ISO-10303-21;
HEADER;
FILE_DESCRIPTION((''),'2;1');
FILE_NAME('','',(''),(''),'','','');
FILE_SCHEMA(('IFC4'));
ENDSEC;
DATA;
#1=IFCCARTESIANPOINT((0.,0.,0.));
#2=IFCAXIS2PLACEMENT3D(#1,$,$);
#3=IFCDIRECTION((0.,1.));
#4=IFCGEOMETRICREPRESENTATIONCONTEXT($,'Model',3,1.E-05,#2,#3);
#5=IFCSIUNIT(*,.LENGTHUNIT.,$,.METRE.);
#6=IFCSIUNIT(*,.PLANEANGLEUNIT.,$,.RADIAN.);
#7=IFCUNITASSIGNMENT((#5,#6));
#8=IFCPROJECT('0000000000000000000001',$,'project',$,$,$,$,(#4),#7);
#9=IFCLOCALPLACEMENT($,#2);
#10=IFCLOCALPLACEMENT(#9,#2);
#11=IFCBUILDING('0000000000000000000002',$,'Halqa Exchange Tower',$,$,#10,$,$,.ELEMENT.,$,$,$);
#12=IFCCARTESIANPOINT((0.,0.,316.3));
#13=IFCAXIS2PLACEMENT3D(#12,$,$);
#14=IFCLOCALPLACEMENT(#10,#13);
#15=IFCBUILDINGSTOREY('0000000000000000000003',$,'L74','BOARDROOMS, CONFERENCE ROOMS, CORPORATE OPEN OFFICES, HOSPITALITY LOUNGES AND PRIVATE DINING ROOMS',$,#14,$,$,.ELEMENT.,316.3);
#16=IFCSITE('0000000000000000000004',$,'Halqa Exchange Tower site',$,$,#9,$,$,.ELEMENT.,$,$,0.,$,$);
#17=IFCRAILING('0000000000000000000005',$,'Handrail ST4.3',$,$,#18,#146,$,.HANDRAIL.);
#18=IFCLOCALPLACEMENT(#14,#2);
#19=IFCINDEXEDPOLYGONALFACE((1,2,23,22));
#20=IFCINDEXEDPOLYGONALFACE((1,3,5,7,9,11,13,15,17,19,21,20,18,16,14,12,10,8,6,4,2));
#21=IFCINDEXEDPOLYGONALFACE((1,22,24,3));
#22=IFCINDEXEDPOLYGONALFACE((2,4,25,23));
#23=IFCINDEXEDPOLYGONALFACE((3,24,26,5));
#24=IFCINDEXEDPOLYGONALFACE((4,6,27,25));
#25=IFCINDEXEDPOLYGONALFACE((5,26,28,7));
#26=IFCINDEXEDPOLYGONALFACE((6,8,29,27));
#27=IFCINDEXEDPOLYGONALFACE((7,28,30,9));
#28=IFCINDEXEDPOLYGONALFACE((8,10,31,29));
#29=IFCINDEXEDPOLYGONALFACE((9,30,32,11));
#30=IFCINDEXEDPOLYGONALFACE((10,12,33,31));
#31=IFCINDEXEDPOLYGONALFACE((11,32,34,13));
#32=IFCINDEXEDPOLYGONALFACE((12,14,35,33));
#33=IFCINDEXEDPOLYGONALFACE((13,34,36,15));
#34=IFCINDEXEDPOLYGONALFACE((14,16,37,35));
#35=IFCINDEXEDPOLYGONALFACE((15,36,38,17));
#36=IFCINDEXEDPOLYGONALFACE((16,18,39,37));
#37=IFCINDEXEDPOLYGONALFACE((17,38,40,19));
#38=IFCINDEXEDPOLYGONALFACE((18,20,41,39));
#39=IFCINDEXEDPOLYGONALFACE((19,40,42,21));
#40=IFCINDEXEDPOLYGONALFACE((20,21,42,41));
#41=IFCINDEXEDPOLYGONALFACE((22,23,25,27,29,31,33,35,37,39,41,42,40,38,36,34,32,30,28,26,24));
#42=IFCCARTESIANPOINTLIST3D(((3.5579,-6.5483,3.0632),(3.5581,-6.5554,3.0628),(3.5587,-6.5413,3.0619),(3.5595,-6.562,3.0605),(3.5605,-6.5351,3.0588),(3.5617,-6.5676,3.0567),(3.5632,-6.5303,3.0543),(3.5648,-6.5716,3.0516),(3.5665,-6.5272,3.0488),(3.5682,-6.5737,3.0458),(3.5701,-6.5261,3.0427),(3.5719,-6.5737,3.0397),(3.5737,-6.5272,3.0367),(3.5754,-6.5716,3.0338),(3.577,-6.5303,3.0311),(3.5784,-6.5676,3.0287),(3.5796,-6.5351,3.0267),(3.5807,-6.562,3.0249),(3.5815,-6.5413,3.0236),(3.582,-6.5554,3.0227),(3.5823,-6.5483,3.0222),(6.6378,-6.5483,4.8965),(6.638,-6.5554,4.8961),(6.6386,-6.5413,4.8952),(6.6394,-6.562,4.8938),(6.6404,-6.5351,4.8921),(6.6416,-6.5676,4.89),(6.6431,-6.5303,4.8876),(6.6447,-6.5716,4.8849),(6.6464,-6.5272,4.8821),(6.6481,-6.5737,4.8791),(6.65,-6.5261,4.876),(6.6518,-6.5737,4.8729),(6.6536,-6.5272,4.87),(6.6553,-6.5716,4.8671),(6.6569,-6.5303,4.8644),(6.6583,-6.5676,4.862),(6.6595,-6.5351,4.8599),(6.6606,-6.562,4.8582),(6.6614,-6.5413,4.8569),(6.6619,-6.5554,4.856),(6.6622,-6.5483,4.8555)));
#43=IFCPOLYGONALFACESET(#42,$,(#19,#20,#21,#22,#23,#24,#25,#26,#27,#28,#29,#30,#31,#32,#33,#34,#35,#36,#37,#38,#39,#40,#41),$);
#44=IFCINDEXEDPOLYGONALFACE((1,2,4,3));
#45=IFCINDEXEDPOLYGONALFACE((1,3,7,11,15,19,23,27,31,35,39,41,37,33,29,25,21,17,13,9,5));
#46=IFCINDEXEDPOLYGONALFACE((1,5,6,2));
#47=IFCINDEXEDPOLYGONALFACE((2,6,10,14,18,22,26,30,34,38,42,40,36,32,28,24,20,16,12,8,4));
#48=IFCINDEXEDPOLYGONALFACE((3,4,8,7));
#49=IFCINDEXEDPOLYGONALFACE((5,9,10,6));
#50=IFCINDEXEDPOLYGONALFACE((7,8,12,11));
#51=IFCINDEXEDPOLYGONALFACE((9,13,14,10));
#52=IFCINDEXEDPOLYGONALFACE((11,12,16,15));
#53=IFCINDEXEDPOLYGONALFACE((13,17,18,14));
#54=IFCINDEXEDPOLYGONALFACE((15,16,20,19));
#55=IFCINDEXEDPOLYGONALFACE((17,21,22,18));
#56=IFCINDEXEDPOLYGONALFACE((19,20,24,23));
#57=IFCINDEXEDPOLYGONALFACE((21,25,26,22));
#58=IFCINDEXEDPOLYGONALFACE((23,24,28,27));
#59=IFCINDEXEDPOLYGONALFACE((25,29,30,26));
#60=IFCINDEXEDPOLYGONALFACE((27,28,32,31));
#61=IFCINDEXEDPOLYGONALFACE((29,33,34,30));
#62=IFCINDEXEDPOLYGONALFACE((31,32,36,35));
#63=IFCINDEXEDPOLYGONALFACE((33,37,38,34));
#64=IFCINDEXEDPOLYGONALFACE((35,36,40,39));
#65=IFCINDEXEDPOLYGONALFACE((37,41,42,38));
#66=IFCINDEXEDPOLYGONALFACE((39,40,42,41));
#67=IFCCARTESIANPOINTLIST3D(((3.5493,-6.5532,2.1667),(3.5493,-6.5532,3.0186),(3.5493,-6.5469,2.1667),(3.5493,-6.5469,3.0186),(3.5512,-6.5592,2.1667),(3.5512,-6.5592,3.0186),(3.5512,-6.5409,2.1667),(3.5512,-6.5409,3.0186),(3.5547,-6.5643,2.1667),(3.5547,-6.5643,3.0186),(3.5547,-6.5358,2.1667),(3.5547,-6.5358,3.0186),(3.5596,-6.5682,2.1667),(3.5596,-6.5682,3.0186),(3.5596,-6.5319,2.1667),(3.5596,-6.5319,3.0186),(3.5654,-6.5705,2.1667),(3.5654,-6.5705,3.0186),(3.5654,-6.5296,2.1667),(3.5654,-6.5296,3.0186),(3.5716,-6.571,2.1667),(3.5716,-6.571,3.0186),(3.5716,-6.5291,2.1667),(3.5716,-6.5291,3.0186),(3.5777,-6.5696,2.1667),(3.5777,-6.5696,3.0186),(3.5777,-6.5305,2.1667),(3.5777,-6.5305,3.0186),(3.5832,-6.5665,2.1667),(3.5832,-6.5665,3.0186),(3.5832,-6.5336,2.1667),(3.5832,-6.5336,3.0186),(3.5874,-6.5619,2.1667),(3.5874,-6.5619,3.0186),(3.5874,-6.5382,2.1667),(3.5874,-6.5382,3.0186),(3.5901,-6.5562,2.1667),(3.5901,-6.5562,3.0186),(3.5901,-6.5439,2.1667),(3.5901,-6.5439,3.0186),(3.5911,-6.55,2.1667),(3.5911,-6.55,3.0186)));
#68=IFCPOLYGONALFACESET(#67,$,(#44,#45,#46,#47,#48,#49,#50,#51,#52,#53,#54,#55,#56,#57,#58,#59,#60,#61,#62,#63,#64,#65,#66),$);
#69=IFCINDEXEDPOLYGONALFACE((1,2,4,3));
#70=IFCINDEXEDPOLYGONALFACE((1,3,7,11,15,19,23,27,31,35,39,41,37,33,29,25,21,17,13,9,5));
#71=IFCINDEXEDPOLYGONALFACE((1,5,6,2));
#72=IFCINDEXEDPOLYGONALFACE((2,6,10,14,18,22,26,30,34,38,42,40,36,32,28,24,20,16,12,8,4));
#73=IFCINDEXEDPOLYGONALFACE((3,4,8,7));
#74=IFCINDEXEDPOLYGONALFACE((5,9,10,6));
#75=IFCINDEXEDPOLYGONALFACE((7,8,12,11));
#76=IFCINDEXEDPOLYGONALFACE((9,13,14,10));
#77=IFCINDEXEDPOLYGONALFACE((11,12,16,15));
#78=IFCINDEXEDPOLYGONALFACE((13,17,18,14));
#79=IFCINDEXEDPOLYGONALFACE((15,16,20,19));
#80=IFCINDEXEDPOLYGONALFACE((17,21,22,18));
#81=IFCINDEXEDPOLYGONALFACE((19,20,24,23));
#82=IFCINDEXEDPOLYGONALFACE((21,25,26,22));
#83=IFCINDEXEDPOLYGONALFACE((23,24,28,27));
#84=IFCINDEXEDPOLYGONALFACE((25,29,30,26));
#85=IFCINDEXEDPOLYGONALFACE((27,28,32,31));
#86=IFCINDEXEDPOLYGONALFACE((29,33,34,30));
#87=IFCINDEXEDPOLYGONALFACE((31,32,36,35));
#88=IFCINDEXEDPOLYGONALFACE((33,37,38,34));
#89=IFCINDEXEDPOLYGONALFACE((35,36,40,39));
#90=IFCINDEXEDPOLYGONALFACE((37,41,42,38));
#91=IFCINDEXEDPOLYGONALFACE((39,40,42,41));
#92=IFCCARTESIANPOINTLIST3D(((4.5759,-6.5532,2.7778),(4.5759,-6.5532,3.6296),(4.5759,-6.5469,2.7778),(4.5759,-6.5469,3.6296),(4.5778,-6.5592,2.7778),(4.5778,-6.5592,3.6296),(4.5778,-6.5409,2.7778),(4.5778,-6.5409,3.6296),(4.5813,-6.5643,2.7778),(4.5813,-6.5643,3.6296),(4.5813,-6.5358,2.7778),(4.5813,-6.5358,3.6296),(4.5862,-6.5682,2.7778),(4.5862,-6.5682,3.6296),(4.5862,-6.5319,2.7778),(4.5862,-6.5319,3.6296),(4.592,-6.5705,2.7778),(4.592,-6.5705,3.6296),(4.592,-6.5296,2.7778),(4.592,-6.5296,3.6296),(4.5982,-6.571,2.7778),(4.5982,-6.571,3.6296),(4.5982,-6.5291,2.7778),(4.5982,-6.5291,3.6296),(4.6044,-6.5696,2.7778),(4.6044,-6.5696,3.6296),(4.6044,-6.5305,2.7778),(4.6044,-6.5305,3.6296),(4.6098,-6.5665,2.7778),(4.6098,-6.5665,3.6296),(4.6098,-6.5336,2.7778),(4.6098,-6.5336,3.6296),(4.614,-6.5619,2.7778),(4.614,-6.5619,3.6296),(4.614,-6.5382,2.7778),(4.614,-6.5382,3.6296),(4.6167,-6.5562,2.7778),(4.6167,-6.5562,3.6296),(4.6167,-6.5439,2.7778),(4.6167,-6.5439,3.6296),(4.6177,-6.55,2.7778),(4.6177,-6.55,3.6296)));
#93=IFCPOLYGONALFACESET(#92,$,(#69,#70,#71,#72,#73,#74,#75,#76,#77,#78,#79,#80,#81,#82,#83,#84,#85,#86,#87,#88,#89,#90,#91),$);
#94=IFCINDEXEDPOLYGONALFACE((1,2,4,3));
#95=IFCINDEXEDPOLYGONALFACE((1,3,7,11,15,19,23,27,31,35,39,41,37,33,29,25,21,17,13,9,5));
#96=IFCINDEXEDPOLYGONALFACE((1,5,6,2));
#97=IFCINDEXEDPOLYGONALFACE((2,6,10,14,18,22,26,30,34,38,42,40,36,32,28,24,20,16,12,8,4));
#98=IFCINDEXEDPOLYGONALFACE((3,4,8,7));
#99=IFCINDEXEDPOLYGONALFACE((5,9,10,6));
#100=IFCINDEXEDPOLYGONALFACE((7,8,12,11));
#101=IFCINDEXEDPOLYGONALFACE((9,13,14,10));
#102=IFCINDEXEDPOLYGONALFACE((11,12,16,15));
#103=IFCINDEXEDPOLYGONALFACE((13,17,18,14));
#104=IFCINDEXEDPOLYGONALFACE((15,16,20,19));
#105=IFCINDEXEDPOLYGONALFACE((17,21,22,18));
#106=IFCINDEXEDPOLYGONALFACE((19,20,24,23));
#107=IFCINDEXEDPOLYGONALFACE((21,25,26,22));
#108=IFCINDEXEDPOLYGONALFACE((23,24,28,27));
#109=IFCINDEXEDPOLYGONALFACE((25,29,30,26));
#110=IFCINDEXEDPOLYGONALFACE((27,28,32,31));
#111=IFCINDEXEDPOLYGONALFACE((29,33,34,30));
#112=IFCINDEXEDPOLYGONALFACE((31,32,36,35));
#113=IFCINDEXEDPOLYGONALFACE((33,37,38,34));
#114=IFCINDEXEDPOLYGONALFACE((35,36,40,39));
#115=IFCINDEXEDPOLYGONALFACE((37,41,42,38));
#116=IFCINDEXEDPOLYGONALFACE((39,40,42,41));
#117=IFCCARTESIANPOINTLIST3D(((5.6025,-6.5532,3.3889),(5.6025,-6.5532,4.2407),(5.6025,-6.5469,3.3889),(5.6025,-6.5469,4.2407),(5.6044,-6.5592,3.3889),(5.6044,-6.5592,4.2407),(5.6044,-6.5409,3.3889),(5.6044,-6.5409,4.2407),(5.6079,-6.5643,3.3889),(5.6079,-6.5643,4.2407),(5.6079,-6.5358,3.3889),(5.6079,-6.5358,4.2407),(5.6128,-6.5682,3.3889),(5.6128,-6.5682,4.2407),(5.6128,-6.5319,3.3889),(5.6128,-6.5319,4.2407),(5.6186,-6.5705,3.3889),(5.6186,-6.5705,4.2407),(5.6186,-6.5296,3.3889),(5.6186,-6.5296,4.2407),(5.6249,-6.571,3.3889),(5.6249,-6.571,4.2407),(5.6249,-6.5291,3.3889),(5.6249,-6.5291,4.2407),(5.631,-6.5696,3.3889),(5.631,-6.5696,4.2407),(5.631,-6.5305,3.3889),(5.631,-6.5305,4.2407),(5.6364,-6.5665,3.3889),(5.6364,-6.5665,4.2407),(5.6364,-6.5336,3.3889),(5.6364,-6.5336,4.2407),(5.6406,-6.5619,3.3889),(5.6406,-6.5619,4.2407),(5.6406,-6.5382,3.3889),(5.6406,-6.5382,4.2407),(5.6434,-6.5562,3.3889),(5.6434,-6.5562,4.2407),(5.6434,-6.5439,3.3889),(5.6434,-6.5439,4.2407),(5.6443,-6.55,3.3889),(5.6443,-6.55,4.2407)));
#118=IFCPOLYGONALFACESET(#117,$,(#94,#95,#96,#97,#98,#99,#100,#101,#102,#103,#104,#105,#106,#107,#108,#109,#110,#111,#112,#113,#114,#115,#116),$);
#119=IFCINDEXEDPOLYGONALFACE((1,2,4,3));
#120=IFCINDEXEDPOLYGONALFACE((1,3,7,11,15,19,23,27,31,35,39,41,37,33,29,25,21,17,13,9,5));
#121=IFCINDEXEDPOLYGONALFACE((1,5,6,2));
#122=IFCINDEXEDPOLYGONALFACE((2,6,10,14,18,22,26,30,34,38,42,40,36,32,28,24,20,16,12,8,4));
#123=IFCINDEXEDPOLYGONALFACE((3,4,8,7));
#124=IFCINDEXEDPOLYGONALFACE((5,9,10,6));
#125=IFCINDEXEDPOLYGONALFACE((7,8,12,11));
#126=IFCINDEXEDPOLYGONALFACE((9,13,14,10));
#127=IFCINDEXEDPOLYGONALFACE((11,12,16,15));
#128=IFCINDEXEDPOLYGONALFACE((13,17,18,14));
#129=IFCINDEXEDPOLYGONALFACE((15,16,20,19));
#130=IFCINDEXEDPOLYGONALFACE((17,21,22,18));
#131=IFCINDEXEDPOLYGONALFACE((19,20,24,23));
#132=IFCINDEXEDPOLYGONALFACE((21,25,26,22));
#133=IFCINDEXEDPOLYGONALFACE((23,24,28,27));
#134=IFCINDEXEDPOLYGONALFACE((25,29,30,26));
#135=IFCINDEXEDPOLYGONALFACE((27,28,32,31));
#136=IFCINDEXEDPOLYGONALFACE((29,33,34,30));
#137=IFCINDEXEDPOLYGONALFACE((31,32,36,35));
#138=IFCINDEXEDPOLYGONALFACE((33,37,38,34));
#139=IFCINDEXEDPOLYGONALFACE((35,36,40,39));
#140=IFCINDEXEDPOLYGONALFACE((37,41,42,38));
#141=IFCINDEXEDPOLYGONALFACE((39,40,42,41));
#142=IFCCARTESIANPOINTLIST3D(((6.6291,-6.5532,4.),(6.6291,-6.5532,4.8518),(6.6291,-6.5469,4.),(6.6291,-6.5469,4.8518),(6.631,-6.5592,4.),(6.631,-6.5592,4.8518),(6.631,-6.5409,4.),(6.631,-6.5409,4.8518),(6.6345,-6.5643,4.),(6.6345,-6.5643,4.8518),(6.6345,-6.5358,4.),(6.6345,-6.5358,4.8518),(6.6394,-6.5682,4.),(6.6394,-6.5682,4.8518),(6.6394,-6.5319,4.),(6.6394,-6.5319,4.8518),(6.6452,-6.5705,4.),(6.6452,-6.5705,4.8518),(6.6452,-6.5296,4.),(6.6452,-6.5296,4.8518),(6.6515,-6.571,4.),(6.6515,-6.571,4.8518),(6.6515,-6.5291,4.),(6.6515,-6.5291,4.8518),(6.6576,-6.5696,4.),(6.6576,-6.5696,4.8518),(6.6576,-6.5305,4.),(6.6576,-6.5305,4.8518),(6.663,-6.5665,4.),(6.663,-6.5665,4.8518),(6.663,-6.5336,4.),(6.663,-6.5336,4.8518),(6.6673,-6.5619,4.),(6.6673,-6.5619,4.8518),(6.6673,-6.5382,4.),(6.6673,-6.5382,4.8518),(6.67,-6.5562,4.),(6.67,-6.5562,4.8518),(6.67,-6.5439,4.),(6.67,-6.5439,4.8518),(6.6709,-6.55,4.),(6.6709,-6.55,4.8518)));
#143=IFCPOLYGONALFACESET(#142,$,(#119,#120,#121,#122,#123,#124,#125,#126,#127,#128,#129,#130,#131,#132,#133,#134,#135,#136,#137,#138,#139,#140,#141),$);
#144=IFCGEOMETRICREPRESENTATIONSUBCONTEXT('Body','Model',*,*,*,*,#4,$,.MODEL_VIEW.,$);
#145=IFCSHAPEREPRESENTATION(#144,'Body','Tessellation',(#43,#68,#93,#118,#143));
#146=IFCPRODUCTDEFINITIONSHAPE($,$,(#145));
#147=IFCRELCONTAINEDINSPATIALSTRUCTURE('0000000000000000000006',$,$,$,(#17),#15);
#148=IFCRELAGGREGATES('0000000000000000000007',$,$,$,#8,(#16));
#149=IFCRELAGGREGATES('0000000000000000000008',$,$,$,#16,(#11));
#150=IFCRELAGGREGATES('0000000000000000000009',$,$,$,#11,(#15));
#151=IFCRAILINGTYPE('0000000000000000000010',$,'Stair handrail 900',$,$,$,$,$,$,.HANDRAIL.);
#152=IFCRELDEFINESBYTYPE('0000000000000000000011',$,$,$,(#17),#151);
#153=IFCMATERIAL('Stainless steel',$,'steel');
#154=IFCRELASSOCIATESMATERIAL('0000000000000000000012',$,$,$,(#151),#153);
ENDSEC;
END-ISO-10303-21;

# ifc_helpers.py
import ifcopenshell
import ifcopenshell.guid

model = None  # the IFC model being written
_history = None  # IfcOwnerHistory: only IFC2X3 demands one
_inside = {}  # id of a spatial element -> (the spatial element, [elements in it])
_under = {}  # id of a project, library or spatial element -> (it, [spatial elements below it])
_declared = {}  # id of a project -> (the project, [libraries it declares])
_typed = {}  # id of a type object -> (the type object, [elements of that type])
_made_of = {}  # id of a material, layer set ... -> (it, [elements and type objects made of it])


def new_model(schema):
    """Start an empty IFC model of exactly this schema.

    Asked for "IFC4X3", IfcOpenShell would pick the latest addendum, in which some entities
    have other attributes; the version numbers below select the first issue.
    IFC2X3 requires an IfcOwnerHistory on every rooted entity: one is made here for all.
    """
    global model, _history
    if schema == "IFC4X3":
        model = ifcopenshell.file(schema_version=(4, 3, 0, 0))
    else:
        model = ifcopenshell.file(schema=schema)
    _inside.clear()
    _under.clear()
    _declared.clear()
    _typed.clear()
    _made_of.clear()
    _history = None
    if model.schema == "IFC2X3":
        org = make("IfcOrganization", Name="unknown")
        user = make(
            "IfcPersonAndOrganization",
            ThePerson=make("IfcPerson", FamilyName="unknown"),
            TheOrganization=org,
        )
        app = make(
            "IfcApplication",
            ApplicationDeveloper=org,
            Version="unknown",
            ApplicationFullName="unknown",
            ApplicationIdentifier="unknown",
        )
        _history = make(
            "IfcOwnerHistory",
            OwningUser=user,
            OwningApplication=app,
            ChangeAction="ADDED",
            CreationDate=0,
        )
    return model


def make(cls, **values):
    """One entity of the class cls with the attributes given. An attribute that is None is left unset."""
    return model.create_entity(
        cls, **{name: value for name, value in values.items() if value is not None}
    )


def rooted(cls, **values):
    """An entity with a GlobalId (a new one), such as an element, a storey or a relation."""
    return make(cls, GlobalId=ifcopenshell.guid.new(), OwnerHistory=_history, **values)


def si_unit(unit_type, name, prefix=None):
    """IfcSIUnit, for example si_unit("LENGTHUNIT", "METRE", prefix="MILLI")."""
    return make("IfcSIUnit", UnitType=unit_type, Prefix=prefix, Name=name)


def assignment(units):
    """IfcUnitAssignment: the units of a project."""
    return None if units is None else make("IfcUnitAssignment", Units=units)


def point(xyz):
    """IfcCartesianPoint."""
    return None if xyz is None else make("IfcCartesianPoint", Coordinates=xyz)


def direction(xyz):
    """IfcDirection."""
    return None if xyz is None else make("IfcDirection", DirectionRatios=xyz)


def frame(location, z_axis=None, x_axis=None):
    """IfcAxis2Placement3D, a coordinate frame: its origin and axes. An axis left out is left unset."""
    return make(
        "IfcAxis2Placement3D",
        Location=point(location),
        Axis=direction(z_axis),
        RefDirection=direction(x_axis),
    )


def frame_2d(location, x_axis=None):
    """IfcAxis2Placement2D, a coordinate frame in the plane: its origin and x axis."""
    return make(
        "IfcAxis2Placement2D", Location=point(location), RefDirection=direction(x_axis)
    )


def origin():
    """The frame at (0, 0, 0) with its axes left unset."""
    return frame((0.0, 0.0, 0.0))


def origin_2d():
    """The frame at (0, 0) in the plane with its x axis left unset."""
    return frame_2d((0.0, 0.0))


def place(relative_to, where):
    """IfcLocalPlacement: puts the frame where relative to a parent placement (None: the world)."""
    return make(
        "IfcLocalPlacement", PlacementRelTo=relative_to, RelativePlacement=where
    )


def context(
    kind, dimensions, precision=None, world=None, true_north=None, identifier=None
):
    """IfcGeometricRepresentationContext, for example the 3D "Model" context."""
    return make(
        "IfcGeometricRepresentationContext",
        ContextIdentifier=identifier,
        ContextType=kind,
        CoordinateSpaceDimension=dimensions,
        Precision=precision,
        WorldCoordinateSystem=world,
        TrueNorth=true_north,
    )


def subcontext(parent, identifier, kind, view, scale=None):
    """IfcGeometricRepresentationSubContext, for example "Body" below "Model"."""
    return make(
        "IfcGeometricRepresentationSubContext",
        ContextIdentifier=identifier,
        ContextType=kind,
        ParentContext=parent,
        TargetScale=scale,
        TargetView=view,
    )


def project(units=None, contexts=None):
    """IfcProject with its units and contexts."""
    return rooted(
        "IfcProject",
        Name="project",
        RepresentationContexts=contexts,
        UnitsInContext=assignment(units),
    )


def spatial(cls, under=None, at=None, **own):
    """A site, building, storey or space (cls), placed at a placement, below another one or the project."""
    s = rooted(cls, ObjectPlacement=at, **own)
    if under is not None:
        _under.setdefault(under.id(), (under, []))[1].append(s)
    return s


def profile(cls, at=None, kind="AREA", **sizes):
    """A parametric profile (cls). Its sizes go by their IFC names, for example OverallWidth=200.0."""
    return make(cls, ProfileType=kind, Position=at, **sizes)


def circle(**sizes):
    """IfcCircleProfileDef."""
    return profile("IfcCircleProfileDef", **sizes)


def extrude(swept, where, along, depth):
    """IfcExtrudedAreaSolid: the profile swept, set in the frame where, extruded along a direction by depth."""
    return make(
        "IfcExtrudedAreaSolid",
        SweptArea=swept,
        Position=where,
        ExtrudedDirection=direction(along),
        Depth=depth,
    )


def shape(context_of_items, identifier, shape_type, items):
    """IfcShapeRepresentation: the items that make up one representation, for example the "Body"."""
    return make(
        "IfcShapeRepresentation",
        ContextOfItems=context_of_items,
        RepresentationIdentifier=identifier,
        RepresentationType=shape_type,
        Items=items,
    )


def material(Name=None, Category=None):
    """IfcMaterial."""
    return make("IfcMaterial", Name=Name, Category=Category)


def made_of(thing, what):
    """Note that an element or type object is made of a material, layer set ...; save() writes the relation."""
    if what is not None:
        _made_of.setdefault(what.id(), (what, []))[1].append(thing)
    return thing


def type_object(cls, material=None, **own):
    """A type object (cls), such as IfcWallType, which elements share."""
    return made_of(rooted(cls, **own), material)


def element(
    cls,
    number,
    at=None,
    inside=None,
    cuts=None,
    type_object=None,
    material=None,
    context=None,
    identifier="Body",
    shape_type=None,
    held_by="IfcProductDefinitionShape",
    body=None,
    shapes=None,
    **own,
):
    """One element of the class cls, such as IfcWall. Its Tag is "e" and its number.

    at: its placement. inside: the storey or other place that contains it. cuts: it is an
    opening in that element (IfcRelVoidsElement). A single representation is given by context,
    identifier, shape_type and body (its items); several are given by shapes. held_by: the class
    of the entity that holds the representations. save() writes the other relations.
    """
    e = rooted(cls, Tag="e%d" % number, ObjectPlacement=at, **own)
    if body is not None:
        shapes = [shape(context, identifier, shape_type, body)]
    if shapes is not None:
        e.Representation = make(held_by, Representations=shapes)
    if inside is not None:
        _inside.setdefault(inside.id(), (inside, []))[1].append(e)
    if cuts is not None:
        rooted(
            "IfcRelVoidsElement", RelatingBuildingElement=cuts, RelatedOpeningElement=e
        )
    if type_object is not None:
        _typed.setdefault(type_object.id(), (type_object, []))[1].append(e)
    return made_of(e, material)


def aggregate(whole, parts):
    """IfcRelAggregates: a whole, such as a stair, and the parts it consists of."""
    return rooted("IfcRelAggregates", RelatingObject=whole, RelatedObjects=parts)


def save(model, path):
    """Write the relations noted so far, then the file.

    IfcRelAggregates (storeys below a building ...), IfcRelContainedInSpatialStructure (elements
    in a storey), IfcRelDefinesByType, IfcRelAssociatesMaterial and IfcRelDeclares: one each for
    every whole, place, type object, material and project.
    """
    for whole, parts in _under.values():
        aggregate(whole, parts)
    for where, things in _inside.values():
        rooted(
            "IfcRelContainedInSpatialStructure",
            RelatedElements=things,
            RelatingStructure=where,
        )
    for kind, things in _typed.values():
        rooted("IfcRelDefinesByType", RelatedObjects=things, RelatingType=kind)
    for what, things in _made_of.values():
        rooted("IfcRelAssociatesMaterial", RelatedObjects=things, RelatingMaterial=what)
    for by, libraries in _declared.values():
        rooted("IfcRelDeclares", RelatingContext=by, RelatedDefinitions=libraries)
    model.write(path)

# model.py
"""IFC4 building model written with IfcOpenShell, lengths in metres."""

from ifc_helpers import new_model, si_unit, direction, frame, origin, origin_2d, place, context, subcontext, project, spatial, circle, extrude, material, type_object, element, save


model = new_model("IFC4")

# Units and contexts
model_context = context("Model", 3, precision=1e-05, world=origin(), true_north=direction((0.0, 1.0)))
body_context = subcontext(model_context, "Body", "Model", "MODEL_VIEW")
ifc_project = project(units=[si_unit("LENGTHUNIT", "METRE"), si_unit("PLANEANGLEUNIT", "RADIAN")], contexts=[model_context])

# Site, building, storey
site_placement = place(None, origin())
site = spatial("IfcSite", under=ifc_project, at=site_placement, Name="Halqa Exchange Tower site", CompositionType="ELEMENT", RefElevation=0.0)
building_placement = place(site_placement, origin())
building = spatial("IfcBuilding", under=site, at=building_placement, Name="Halqa Exchange Tower", CompositionType="ELEMENT")
storey_placement = place(building_placement, frame((0.0, 0.0, 316.3)))
storey = spatial("IfcBuildingStorey", under=building, at=storey_placement, Name="L74", Description="BOARDROOMS, CONFERENCE ROOMS, CORPORATE OPEN OFFICES, HOSPITALITY LOUNGES AND PRIVATE DINING ROOMS", CompositionType="ELEMENT", Elevation=316.3)

# Railing
ifc_material_1 = material(Name="Stainless steel", Category="steel")
railing_type_1 = type_object("IfcRailingType", Name="Stair handrail 900", PredefinedType="HANDRAIL", material=ifc_material_1)
railing_1_placement = place(storey_placement, frame((3.5701, -6.55, 2.1667)))
element("IfcRailing", 1, at=railing_1_placement, inside=storey, type_object=railing_type_1, Name="Handrail ST4.3", PredefinedType="HANDRAIL", context=body_context, shape_type="SweptSolid", body=[
    extrude(circle(Radius=0.0239, at=origin_2d()), frame((0.0, 0.0, 0.876), z_axis=(0.859291, 0.0, 0.511487), x_axis=(0.0, 1.0, 0.0)), (0.0, 0.0, 1.0), 3.5842),
    extrude(circle(Radius=0.021, at=origin_2d()), origin(), (0.0, 0.0, 1.0), 0.8518),
    extrude(circle(Radius=0.021, at=origin_2d()), frame((1.0266, 0.0, 0.6111)), (0.0, 0.0, 1.0), 0.8518),
    extrude(circle(Radius=0.021, at=origin_2d()), frame((2.0532, 0.0, 1.2222)), (0.0, 0.0, 1.0), 0.8518),
    extrude(circle(Radius=0.021, at=origin_2d()), frame((3.0798, 0.0, 1.8333)), (0.0, 0.0, 1.0), 0.8518),
])

save(model, "model.ifc")
